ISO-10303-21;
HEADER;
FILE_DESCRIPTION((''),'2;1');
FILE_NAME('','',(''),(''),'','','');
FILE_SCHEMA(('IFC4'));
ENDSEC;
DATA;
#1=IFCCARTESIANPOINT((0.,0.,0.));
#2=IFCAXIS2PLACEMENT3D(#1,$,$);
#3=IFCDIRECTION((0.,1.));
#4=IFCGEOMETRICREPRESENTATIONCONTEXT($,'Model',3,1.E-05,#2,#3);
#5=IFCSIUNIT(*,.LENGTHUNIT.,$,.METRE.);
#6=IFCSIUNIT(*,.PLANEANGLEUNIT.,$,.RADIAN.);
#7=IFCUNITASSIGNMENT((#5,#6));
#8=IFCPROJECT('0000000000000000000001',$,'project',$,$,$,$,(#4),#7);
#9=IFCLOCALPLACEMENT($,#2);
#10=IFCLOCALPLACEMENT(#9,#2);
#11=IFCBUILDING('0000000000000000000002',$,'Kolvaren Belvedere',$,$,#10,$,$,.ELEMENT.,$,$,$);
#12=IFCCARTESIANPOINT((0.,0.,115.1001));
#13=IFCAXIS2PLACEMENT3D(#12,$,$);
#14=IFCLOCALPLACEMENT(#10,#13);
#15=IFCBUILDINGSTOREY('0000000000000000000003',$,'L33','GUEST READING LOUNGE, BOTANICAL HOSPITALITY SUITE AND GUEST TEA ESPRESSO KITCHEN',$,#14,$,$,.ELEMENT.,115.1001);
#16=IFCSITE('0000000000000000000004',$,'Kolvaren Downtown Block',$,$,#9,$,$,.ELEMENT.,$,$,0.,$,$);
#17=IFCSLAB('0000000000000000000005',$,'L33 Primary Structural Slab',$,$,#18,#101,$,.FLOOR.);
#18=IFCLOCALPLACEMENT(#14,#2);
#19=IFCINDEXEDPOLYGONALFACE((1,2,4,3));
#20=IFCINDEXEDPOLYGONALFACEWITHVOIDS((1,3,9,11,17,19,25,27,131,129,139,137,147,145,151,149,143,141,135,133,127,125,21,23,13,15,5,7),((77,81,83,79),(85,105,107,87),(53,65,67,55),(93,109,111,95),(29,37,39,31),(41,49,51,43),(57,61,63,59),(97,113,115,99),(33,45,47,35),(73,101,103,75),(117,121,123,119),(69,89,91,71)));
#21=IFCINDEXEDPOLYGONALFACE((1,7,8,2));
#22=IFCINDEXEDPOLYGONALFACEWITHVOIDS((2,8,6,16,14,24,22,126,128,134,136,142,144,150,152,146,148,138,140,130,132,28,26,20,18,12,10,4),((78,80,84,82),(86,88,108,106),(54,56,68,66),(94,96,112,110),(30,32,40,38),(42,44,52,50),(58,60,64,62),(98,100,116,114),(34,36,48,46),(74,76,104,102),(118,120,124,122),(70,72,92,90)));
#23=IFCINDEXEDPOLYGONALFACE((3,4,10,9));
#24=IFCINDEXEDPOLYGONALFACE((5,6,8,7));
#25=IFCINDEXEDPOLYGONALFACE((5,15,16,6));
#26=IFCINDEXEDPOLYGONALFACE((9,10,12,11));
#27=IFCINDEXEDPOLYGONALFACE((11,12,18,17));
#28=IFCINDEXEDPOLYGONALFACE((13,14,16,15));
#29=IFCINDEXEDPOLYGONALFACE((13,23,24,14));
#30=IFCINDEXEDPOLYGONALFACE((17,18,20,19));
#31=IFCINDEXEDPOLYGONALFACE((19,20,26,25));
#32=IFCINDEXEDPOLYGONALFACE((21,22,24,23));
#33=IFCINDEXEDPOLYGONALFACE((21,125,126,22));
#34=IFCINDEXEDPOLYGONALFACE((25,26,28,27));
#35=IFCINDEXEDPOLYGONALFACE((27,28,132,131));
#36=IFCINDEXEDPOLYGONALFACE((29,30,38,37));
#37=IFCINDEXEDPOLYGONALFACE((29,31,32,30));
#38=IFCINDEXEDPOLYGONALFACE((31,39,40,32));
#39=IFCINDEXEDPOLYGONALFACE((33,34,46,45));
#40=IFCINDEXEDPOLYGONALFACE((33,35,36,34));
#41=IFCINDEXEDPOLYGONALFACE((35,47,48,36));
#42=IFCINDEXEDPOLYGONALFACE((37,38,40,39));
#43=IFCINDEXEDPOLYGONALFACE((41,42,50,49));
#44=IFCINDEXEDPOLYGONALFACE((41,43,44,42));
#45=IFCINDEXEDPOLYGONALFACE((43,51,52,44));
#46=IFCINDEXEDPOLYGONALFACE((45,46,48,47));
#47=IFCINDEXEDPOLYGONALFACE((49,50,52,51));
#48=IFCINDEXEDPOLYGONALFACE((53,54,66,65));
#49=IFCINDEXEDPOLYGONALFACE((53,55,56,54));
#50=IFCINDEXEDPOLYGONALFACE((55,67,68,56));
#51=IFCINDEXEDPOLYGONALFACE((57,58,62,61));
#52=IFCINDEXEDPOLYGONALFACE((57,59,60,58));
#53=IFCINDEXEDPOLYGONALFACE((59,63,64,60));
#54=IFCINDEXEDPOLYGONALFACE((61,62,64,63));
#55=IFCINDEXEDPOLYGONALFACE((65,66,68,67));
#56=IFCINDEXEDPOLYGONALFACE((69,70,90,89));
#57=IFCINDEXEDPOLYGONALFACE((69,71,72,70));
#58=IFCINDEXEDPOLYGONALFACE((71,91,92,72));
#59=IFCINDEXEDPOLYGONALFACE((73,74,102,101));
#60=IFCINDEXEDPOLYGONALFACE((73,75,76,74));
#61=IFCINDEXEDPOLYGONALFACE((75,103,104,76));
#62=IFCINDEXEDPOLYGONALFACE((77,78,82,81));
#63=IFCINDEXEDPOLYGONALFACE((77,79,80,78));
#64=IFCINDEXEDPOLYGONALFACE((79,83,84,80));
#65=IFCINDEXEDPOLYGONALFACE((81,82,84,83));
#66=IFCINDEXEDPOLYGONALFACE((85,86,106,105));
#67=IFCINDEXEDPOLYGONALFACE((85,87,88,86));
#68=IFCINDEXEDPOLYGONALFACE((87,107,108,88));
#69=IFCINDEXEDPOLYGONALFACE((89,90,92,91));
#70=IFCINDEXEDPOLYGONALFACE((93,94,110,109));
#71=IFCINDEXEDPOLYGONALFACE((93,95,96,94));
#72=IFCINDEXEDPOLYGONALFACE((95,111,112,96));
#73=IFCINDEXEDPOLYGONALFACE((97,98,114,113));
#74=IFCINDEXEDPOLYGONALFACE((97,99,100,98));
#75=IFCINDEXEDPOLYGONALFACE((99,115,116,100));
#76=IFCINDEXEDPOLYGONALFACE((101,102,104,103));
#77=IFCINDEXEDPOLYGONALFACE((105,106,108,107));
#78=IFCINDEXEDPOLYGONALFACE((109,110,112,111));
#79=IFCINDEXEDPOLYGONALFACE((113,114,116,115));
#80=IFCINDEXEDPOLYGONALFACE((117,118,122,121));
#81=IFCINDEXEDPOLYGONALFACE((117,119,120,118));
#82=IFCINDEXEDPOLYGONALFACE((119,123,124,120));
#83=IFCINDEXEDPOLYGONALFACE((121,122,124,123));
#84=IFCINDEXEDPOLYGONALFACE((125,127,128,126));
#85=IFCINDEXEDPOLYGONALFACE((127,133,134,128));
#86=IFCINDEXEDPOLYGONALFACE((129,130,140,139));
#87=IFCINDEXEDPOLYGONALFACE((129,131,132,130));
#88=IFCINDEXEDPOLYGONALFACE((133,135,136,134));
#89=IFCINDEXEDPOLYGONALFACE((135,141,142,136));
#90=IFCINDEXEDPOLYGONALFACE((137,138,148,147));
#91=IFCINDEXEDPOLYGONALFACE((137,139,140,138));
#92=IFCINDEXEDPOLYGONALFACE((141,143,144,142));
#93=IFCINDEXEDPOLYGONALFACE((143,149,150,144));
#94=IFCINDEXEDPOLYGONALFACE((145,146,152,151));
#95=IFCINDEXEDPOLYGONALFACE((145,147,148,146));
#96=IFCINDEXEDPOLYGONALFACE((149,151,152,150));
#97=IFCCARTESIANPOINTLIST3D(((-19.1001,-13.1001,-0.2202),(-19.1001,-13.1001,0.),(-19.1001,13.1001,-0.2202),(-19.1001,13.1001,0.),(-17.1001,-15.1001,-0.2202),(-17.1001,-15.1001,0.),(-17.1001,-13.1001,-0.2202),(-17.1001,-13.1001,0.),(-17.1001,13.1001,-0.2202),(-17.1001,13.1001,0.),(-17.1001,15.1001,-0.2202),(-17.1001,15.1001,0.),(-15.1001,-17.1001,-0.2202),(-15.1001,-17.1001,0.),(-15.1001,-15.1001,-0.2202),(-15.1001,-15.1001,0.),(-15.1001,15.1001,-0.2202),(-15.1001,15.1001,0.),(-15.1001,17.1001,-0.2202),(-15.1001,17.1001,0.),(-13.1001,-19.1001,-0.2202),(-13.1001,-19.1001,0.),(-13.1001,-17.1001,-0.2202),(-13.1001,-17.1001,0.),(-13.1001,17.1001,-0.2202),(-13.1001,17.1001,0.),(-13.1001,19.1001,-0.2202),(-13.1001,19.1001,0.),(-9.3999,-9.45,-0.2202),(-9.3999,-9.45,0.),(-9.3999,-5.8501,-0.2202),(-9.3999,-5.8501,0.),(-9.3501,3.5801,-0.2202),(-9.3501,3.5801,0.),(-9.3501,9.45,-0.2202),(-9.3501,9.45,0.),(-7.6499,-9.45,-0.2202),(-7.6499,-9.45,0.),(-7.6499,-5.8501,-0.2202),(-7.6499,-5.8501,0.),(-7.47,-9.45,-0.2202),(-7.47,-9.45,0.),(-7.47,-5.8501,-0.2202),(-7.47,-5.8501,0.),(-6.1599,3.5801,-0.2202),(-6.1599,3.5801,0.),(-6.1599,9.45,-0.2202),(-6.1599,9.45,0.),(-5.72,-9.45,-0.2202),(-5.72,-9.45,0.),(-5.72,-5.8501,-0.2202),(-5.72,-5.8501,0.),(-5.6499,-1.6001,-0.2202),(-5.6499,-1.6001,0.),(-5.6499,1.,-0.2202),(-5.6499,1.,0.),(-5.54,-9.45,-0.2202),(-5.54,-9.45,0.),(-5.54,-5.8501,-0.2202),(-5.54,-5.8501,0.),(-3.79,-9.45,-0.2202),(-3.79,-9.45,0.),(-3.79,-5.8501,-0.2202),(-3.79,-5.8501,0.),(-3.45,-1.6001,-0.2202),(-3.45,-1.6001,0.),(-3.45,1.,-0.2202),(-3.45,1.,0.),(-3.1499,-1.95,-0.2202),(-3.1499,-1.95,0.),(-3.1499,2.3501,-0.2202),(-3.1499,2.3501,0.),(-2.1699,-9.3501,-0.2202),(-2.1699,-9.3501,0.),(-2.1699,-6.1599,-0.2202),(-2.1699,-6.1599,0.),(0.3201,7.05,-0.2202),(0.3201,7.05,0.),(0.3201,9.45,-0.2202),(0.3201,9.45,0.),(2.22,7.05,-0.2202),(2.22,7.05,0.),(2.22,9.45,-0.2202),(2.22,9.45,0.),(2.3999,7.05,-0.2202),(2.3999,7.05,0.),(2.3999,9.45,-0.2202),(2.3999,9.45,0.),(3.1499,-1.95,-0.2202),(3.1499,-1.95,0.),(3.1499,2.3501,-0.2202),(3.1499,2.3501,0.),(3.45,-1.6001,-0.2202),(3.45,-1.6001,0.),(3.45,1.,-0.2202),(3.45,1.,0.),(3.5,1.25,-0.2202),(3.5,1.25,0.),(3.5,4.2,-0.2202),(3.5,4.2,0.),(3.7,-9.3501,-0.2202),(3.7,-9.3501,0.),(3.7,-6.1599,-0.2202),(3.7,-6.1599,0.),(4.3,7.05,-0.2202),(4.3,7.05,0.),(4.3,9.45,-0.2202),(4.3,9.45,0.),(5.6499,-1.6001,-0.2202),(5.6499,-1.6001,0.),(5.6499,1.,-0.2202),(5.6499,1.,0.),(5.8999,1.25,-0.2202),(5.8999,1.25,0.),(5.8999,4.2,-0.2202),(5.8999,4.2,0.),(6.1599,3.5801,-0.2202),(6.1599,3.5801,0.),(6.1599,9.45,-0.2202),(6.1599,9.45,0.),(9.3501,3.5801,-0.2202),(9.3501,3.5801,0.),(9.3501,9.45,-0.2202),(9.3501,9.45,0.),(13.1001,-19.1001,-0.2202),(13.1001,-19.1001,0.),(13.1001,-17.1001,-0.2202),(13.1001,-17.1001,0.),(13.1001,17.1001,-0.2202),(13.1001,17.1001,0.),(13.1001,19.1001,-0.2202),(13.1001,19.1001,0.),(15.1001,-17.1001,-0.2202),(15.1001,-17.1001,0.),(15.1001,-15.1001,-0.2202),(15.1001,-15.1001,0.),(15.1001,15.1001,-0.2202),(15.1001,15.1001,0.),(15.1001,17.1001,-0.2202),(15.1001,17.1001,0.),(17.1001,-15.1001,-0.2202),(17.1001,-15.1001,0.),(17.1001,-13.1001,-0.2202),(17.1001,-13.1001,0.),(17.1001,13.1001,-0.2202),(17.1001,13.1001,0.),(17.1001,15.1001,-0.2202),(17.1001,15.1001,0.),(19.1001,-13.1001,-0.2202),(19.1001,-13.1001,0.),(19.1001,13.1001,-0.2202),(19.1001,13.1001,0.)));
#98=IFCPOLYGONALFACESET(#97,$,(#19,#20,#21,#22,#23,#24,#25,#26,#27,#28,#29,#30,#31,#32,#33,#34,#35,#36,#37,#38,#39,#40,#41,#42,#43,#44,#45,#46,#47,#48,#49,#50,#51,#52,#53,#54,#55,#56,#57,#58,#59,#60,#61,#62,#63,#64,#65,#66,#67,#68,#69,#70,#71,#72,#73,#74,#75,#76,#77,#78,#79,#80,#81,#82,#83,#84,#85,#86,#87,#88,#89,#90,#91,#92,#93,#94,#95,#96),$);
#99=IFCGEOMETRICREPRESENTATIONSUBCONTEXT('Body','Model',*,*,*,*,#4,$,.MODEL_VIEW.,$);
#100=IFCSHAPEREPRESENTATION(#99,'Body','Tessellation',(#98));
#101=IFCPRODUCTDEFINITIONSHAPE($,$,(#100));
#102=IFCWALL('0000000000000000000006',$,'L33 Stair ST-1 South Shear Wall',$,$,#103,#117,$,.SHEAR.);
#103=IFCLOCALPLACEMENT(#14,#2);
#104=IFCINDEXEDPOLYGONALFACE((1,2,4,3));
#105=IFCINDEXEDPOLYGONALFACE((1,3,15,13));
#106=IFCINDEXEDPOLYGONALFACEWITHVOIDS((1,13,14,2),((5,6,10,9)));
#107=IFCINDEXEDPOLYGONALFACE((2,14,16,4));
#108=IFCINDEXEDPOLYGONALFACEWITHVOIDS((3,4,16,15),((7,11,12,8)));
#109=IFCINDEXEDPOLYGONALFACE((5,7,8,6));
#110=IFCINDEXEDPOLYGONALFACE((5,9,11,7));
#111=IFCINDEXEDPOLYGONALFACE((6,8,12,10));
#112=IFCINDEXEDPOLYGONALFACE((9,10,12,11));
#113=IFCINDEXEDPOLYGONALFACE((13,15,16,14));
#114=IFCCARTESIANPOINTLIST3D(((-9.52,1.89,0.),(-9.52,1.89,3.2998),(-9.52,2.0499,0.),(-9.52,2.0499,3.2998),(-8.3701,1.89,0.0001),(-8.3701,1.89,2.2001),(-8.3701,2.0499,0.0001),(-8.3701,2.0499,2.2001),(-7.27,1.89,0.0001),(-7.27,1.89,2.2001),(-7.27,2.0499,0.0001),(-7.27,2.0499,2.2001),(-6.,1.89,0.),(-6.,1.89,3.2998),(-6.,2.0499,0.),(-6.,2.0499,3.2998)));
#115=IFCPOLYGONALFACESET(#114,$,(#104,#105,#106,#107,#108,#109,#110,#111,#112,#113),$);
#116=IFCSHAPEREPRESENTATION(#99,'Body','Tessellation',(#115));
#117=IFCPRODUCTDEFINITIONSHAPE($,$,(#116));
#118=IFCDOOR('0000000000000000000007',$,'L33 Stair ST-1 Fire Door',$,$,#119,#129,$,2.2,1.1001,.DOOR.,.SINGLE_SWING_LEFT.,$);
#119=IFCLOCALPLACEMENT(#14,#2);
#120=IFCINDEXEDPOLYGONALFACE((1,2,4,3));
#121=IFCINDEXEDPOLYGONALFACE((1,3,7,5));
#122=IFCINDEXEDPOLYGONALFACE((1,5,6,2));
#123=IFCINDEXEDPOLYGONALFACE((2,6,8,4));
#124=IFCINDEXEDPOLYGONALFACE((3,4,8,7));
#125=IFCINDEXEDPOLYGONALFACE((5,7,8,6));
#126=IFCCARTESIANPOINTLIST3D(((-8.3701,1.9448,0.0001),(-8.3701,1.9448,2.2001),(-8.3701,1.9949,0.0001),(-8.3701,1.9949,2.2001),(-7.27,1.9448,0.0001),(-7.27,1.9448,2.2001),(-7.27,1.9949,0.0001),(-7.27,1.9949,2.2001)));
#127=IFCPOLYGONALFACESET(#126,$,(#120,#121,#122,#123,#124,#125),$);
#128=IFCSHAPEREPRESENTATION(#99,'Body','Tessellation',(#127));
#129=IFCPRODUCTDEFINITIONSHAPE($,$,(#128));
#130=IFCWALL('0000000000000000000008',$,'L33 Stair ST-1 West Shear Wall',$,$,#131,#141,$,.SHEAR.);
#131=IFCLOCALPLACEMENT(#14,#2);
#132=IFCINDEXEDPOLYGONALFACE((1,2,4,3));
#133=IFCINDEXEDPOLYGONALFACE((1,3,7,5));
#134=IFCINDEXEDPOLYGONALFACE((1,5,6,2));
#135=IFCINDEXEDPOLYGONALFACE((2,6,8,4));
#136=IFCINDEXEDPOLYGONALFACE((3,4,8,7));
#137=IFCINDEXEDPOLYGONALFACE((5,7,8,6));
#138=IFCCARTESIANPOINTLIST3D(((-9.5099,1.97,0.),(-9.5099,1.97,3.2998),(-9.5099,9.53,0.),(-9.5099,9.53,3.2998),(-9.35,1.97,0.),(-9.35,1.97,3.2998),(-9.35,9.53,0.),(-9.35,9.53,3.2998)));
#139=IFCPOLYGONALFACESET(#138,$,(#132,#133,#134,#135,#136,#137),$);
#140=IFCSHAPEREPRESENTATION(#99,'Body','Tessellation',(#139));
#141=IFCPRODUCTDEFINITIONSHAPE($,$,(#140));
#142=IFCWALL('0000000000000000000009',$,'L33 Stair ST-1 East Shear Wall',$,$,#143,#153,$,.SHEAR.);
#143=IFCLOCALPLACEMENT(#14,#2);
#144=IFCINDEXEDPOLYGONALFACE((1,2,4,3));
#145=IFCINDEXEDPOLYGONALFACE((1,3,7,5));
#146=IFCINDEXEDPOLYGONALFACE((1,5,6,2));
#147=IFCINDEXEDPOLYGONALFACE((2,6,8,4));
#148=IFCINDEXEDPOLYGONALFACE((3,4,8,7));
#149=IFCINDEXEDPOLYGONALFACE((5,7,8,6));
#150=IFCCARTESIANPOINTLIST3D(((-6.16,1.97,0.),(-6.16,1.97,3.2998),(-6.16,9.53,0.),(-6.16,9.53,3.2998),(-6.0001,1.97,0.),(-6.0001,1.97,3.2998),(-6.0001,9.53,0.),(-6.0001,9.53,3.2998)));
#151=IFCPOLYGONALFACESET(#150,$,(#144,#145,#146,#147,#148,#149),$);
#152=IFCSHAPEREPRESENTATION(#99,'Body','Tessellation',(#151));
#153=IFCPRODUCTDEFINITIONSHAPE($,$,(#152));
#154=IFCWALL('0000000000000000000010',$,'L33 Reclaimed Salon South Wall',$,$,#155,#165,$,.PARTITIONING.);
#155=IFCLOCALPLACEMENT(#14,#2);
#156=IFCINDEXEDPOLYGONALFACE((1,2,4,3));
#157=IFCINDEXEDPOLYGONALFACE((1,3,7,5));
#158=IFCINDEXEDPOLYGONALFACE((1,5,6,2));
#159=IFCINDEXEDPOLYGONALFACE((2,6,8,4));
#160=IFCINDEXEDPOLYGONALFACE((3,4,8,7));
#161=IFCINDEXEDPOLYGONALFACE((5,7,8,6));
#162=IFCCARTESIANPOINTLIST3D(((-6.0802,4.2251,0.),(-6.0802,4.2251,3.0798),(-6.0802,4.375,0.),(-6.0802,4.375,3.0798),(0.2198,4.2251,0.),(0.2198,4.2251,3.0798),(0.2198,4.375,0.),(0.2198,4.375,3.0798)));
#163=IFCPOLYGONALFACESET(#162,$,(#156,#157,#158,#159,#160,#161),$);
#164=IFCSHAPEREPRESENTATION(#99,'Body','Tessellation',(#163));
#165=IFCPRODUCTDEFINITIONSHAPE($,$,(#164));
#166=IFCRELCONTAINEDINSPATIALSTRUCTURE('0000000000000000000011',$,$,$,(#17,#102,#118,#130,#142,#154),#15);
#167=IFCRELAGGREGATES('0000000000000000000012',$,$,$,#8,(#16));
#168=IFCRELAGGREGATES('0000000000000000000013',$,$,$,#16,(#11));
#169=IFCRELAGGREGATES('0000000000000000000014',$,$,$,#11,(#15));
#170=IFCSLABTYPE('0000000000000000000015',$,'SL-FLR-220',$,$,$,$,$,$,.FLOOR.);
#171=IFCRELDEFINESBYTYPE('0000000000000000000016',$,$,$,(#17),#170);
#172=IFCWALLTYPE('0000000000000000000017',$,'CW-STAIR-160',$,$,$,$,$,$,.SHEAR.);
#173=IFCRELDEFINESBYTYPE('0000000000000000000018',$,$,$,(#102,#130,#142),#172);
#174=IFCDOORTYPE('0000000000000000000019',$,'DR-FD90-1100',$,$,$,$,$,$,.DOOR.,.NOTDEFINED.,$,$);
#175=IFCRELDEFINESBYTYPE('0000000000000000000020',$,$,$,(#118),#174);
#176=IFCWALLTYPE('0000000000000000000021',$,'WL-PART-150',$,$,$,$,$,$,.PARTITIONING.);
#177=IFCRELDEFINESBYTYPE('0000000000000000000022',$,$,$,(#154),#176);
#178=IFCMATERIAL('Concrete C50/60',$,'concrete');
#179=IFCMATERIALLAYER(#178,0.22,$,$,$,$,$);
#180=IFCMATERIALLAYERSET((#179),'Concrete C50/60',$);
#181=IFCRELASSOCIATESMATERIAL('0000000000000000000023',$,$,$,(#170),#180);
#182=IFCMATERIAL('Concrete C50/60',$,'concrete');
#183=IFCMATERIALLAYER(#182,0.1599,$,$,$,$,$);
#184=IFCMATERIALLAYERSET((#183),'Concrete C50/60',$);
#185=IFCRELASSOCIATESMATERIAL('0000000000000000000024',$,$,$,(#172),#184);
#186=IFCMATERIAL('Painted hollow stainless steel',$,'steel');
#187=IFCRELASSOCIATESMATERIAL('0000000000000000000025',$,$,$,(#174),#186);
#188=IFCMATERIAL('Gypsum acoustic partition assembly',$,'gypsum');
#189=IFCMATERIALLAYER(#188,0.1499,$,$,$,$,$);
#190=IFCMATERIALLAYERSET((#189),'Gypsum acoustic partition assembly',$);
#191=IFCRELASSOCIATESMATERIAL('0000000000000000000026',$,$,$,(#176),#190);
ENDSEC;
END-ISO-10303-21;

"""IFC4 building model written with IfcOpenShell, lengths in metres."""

from ifc_helpers import new_model, si_unit, direction, frame, frame_2d, origin, place, context, subcontext, project, spatial, polyline, rectangle, outline, extrude, material, layer, layer_set, type_object, element, fill, save


model = new_model("IFC4")

# Units and contexts
model_context = context("Model", 3, precision=1e-05, world=origin(), true_north=direction((0.0, 1.0)))
body_context = subcontext(model_context, "Body", "Model", "MODEL_VIEW")
ifc_project = project(units=[si_unit("LENGTHUNIT", "METRE"), si_unit("PLANEANGLEUNIT", "RADIAN")], contexts=[model_context])

# Site, building, storey
site_placement = place(None, origin())
site = spatial("IfcSite", under=ifc_project, at=site_placement, Name="Kolvaren Downtown Block", CompositionType="ELEMENT", RefElevation=0.0)
building_placement = place(site_placement, origin())
building = spatial("IfcBuilding", under=site, at=building_placement, Name="Kolvaren Belvedere", CompositionType="ELEMENT")
storey_placement = place(building_placement, frame((0.0, 0.0, 115.1001)))
storey = spatial("IfcBuildingStorey", under=building, at=storey_placement, Name="L33", Description="GUEST READING LOUNGE, BOTANICAL HOSPITALITY SUITE AND GUEST TEA ESPRESSO KITCHEN", CompositionType="ELEMENT", Elevation=115.1001)

# Slab
ifc_material_1 = material(Name="Concrete C50/60", Category="concrete")
ifc_layer_1 = layer(ifc_material_1, 0.22)
ifc_layer_set_1 = layer_set([ifc_layer_1], Name="Concrete C50/60")
slab_type_1 = type_object("IfcSlabType", Name="SL-FLR-220", PredefinedType="FLOOR", material=ifc_layer_set_1)
slab_1_placement = place(storey_placement, frame((0.0, 0.0, -0.2202)))
element("IfcSlab", 1, at=slab_1_placement, inside=storey, type_object=slab_type_1, Name="L33 Primary Structural Slab", PredefinedType="FLOOR", context=body_context, shape_type="SweptSolid", body=[
    extrude(outline(polyline([(-13.1001, -19.1001), (13.1001, -19.1001), (13.1001, -17.1001), (15.1001, -17.1001), (15.1001, -15.1001), (17.1001, -15.1001), (17.1001, -13.1001), (19.1001, -13.1001), (19.1001, 13.1001), (17.1001, 13.1001), (17.1001, 15.1001), (15.1001, 15.1001), (15.1001, 17.1001), (13.1001, 17.1001), (13.1001, 19.1001), (-13.1001, 19.1001), (-13.1001, 17.1001), (-15.1001, 17.1001), (-15.1001, 15.1001), (-17.1001, 15.1001), (-17.1001, 13.1001), (-19.1001, 13.1001), (-19.1001, -13.1001), (-17.1001, -13.1001), (-17.1001, -15.1001), (-15.1001, -15.1001), (-15.1001, -17.1001), (-13.1001, -17.1001), (-13.1001, -19.1001)]), holes=[polyline([(-9.3501, 3.5801), (-6.1599, 3.5801), (-6.1599, 9.45), (-9.3501, 9.45), (-9.3501, 3.5801)]), polyline([(6.1599, 3.5801), (9.3501, 3.5801), (9.3501, 9.45), (6.1599, 9.45), (6.1599, 3.5801)]), polyline([(-2.1699, -9.3501), (3.7, -9.3501), (3.7, -6.1599), (-2.1699, -6.1599), (-2.1699, -9.3501)]), polyline([(-5.6499, -1.6001), (-3.45, -1.6001), (-3.45, 1.0), (-5.6499, 1.0), (-5.6499, -1.6001)]), polyline([(3.5, 1.25), (5.8999, 1.25), (5.8999, 4.2), (3.5, 4.2), (3.5, 1.25)]), polyline([(3.45, -1.6001), (5.6499, -1.6001), (5.6499, 1.0), (3.45, 1.0), (3.45, -1.6001)]), polyline([(-9.3999, -9.45), (-7.6499, -9.45), (-7.6499, -5.8501), (-9.3999, -5.8501), (-9.3999, -9.45)]), polyline([(-7.47, -9.45), (-5.72, -9.45), (-5.72, -5.8501), (-7.47, -5.8501), (-7.47, -9.45)]), polyline([(-5.54, -9.45), (-3.79, -9.45), (-3.79, -5.8501), (-5.54, -5.8501), (-5.54, -9.45)]), polyline([(0.3201, 7.05), (2.22, 7.05), (2.22, 9.45), (0.3201, 9.45), (0.3201, 7.05)]), polyline([(2.3999, 7.05), (4.3, 7.05), (4.3, 9.45), (2.3999, 9.45), (2.3999, 7.05)]), polyline([(-3.1499, -1.95), (3.1499, -1.95), (3.1499, 2.3501), (-3.1499, 2.3501), (-3.1499, -1.95)])]), origin(), (0.0, 0.0, 1.0), 0.2202),
])

# Wall, opening, door
ifc_material_2 = material(Name="Concrete C50/60", Category="concrete")
ifc_layer_2 = layer(ifc_material_2, 0.1599)
ifc_layer_set_2 = layer_set([ifc_layer_2], Name="Concrete C50/60")
wall_type_1 = type_object("IfcWallType", Name="CW-STAIR-160", PredefinedType="SHEAR", material=ifc_layer_set_2)
wall_1_placement = place(storey_placement, frame((-9.52, 1.97, 0.0), z_axis=(0.0, 0.0, 1.0), x_axis=(1.0, 0.0, 0.0)))
wall_1 = element("IfcWall", 2, at=wall_1_placement, inside=storey, type_object=wall_type_1, Name="L33 Stair ST-1 South Shear Wall", PredefinedType="SHEAR", context=body_context, shape_type="SweptSolid", body=[
    extrude(rectangle(XDim=3.52, YDim=0.1599, at=frame_2d((1.76, 0.0))), origin(), (0.0, 0.0, 1.0), 3.2998),
])
opening_1_placement = place(wall_1_placement, frame((1.1499, 0.0, 0.0)))
opening_1 = element("IfcOpeningElement", 3, at=opening_1_placement, cuts=wall_1, PredefinedType="OPENING", context=body_context, shape_type="SweptSolid", body=[
    extrude(rectangle(XDim=1.1001, YDim=2.2, at=frame_2d((0.55, 1.1001))), frame((0.0, 0.0898, 0.0), z_axis=(0.0, -1.0, 0.0), x_axis=(1.0, 0.0, 0.0)), (0.0, 0.0, 1.0), 0.1799),
])
ifc_material_3 = material(Name="Painted hollow stainless steel", Category="steel")
door_type_1 = type_object("IfcDoorType", Name="DR-FD90-1100", OperationType="NOTDEFINED", PredefinedType="DOOR", material=ifc_material_3)
door_1_placement = place(opening_1_placement, origin())
door_1 = element("IfcDoor", 4, at=door_1_placement, inside=storey, type_object=door_type_1, Name="L33 Stair ST-1 Fire Door", OperationType="SINGLE_SWING_LEFT", OverallHeight=2.2, OverallWidth=1.1001, PredefinedType="DOOR", context=body_context, shape_type="SweptSolid", body=[
    extrude(rectangle(XDim=1.1001, YDim=2.2, at=frame_2d((0.55, 1.1001))), frame((0.0, 0.0249, 0.0), z_axis=(0.0, -1.0, 0.0), x_axis=(1.0, 0.0, 0.0)), (0.0, 0.0, 1.0), 0.05),
])
fill(opening_1, door_1)

# Walls
for number, where, z_axis, x_axis, name in (
    (5, (-9.4299, 1.97, 0.0), (0.0, 0.0, 1.0), (0.0, 1.0, 0.0), "L33 Stair ST-1 West Shear Wall"),
    (6, (-6.0801, 1.97, 0.0), (0.0, 0.0, 1.0), (0.0, 1.0, 0.0), "L33 Stair ST-1 East Shear Wall"),
):
    element("IfcWall", number, at=place(storey_placement, frame(where, z_axis=z_axis, x_axis=x_axis)), inside=storey, type_object=wall_type_1, Name=name, PredefinedType="SHEAR", context=body_context, shape_type="SweptSolid", body=[
        extrude(rectangle(XDim=7.5601, YDim=0.1599, at=frame_2d((3.78, 0.0))), origin(), (0.0, 0.0, 1.0), 3.2998),
    ])
ifc_material_4 = material(Name="Gypsum acoustic partition assembly", Category="gypsum")
ifc_layer_3 = layer(ifc_material_4, 0.1499)
ifc_layer_set_3 = layer_set([ifc_layer_3], Name="Gypsum acoustic partition assembly")
wall_type_2 = type_object("IfcWallType", Name="WL-PART-150", PredefinedType="PARTITIONING", material=ifc_layer_set_3)
wall_2_placement = place(storey_placement, frame((-6.0801, 4.3, 0.0), z_axis=(0.0, 0.0, 1.0), x_axis=(1.0, 0.0, 0.0)))
element("IfcWall", 7, at=wall_2_placement, inside=storey, type_object=wall_type_2, Name="L33 Reclaimed Salon South Wall", PredefinedType="PARTITIONING", context=body_context, shape_type="SweptSolid", body=[
    extrude(rectangle(XDim=6.3, YDim=0.1499, at=frame_2d((3.1499, 0.0))), origin(), (0.0, 0.0, 1.0), 3.0798),
])

save(model, "model.ifc")
